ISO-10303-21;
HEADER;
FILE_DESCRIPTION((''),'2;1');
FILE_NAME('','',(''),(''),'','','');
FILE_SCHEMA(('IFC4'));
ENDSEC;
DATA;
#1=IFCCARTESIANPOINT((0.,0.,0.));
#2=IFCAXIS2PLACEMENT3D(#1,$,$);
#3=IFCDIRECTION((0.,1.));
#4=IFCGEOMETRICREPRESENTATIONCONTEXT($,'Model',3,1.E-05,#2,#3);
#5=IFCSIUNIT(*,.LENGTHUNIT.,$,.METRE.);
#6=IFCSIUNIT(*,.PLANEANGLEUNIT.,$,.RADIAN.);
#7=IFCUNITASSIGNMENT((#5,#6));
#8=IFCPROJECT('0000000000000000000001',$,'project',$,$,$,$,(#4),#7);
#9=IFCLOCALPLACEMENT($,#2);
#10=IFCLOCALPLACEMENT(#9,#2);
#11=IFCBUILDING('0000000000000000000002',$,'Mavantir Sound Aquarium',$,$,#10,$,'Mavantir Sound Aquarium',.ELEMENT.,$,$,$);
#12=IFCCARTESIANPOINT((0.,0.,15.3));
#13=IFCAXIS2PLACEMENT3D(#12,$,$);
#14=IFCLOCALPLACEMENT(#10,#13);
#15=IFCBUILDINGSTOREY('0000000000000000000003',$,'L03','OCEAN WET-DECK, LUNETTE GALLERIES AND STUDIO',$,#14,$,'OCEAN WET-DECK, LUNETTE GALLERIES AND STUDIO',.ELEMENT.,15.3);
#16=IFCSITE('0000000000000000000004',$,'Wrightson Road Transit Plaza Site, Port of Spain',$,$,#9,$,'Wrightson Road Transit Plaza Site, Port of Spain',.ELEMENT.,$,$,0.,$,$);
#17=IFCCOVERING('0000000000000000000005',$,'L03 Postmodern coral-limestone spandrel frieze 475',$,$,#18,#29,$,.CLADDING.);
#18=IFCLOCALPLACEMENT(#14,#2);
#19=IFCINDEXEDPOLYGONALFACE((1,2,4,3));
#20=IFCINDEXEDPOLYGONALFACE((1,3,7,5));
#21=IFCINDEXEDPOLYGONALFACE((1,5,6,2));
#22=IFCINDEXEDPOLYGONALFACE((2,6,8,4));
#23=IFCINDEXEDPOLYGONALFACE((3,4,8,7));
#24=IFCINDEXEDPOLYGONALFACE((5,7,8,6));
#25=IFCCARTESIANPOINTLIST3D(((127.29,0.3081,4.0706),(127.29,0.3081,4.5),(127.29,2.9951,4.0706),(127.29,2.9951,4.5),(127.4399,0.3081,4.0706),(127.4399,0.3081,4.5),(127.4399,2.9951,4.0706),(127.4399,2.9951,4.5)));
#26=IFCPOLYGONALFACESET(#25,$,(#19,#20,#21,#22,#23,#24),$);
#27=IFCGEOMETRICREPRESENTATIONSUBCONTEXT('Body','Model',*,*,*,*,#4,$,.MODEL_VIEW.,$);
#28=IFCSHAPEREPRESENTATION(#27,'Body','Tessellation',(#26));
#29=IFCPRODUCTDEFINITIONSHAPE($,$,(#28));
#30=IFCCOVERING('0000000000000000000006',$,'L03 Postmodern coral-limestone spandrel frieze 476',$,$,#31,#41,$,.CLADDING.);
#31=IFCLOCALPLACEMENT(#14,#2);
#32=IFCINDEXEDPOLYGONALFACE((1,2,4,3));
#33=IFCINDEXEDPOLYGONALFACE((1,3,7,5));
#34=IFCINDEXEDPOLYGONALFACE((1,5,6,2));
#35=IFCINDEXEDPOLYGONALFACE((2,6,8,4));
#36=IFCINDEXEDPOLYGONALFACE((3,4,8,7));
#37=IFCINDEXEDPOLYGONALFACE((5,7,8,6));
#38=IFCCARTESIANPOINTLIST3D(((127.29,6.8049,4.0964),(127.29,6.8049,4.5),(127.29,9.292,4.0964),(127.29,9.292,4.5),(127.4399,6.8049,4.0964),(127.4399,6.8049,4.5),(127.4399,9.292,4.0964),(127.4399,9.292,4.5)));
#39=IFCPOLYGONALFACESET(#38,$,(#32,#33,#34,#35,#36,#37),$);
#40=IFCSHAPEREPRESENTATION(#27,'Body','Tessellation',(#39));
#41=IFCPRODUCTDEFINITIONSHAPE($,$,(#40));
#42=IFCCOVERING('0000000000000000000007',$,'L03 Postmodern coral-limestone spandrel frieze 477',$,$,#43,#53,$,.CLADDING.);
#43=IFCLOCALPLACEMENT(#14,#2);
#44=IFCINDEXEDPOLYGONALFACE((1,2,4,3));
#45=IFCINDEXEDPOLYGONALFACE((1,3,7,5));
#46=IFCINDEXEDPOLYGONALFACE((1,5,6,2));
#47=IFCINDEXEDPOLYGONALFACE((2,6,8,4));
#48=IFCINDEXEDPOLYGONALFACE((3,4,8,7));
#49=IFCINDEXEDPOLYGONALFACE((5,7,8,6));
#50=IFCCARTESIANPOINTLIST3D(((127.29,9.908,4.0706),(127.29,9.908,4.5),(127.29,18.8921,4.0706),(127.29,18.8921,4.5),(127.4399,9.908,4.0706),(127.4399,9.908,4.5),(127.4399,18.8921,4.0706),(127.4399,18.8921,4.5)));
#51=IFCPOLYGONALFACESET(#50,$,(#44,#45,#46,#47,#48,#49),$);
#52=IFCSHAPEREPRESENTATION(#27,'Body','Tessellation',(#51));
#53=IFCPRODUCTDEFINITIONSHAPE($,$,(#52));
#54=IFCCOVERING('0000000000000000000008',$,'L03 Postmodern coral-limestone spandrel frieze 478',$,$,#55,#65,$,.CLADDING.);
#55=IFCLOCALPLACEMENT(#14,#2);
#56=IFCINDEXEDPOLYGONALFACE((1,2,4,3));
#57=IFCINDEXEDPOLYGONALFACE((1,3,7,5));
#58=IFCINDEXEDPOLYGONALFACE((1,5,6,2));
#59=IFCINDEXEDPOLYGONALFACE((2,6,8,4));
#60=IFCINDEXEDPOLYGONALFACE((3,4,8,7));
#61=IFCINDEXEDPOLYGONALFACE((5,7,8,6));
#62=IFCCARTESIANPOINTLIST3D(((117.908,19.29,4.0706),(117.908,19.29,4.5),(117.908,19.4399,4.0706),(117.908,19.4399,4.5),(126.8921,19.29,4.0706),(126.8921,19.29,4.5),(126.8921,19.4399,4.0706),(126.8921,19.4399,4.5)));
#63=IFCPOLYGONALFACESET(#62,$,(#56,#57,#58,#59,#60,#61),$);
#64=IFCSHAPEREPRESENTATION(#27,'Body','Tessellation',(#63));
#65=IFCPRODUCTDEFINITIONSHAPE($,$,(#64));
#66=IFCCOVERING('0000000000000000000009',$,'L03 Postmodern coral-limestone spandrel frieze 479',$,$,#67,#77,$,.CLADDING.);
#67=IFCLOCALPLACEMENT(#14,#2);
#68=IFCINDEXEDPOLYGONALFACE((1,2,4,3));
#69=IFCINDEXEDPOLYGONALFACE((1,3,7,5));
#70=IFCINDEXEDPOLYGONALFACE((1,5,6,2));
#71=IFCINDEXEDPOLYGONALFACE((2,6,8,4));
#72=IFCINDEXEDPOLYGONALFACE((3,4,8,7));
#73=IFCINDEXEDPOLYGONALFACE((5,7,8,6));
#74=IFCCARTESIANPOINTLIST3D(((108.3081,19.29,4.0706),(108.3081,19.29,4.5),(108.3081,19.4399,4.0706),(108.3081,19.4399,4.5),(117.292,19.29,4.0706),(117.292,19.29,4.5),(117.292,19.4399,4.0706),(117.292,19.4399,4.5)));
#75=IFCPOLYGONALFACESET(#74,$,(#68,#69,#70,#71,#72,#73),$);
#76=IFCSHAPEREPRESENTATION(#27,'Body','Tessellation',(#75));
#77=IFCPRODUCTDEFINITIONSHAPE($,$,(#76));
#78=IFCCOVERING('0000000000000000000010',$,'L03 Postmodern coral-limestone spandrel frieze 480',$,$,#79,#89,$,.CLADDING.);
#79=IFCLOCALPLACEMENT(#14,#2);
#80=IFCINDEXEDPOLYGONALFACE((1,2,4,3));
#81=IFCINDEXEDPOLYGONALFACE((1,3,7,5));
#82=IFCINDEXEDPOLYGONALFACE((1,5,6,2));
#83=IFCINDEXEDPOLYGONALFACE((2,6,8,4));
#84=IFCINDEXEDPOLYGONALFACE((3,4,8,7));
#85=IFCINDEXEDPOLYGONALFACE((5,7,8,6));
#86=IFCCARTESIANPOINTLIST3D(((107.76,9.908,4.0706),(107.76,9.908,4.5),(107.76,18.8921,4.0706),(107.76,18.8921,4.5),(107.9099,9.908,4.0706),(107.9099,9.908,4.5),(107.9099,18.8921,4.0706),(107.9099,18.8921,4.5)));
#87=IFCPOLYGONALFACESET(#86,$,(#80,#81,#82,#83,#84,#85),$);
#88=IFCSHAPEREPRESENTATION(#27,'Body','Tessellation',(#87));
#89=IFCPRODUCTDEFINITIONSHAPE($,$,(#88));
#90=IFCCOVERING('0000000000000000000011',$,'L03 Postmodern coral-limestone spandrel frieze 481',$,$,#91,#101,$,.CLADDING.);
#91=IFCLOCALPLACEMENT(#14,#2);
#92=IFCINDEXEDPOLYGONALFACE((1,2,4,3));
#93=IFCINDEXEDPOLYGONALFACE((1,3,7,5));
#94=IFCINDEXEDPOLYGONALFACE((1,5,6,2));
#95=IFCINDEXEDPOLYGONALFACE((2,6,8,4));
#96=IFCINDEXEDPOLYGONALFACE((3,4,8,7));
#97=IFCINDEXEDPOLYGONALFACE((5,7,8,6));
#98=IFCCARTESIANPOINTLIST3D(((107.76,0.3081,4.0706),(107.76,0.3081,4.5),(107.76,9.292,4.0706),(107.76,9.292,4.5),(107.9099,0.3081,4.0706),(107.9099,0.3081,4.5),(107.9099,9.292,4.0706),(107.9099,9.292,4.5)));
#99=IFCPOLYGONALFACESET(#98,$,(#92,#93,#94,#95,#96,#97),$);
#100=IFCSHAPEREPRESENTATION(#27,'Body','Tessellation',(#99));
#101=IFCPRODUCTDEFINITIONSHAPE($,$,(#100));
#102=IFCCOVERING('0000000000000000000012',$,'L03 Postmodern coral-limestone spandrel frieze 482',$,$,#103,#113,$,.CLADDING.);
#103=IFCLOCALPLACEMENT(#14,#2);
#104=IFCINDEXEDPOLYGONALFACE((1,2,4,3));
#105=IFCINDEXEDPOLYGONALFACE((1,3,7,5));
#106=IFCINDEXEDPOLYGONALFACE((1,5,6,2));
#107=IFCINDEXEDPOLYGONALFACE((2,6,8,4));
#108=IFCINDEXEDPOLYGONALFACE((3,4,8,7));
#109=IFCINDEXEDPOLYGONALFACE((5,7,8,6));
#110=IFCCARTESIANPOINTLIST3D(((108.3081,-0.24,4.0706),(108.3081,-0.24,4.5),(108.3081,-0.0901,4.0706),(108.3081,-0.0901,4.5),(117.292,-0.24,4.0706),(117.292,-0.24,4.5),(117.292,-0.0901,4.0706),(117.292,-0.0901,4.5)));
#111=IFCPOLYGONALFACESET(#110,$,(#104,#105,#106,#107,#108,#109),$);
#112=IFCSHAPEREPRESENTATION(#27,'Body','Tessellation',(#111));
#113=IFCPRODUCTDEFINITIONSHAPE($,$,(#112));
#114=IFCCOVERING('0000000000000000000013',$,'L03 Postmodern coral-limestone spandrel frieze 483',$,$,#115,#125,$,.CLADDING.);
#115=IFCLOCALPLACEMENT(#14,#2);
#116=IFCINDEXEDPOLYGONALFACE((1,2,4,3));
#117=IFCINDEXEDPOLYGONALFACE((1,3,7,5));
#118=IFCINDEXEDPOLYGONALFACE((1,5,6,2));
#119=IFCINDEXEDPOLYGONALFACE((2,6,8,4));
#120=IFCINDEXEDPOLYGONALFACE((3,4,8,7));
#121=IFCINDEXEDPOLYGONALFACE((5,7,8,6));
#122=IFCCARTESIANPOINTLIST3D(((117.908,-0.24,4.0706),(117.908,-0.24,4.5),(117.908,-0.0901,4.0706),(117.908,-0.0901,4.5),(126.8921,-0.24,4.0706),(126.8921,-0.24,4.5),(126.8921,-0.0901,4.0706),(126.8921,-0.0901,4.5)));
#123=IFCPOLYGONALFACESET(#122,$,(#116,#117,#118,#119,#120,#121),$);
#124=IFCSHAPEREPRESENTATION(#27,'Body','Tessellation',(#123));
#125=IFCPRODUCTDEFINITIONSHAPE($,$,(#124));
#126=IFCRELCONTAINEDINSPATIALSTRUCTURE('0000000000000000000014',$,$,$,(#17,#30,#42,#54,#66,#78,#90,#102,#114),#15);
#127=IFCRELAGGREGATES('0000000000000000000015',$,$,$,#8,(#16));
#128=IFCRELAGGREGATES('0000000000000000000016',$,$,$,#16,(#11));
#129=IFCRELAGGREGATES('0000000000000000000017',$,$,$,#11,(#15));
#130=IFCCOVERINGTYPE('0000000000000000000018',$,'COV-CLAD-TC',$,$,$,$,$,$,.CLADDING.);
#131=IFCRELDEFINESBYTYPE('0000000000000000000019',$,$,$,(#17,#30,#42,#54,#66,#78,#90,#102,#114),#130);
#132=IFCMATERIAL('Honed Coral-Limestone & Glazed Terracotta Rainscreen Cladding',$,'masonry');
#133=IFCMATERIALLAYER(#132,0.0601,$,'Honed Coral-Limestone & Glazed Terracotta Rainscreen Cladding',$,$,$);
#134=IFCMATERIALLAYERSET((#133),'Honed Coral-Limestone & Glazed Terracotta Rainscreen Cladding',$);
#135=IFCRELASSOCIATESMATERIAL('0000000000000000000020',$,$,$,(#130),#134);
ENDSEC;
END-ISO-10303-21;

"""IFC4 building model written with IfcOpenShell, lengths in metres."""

from ifc_helpers import new_model, si_unit, direction, frame, origin, place, context, subcontext, project, spatial, polyline, outline, extrude, material, layer, layer_set, type_object, element, save


model = new_model("IFC4")

# Units and contexts
model_context = context("Model", 3, precision=1e-05, world=origin(), true_north=direction((0.0, 1.0)))
body_context = subcontext(model_context, "Body", "Model", "MODEL_VIEW")
ifc_project = project(units=[si_unit("LENGTHUNIT", "METRE"), si_unit("PLANEANGLEUNIT", "RADIAN")], contexts=[model_context])

# Site, building, storey
site_placement = place(None, origin())
site = spatial("IfcSite", under=ifc_project, at=site_placement, Name="Wrightson Road Transit Plaza Site, Port of Spain", LongName="Wrightson Road Transit Plaza Site, Port of Spain", CompositionType="ELEMENT", RefElevation=0.0)
building_placement = place(site_placement, origin())
building = spatial("IfcBuilding", under=site, at=building_placement, Name="Mavantir Sound Aquarium", LongName="Mavantir Sound Aquarium", CompositionType="ELEMENT")
storey_placement = place(building_placement, frame((0.0, 0.0, 15.3)))
storey = spatial("IfcBuildingStorey", under=building, at=storey_placement, Name="L03", Description="OCEAN WET-DECK, LUNETTE GALLERIES AND STUDIO", LongName="OCEAN WET-DECK, LUNETTE GALLERIES AND STUDIO", CompositionType="ELEMENT", Elevation=15.3)

# Coverings
ifc_material = material(Name="Honed Coral-Limestone & Glazed Terracotta Rainscreen Cladding", Category="masonry")
ifc_layer = layer(ifc_material, 0.0601, Name="Honed Coral-Limestone & Glazed Terracotta Rainscreen Cladding")
ifc_layer_set = layer_set([ifc_layer], Name="Honed Coral-Limestone & Glazed Terracotta Rainscreen Cladding")
covering_type = type_object("IfcCoveringType", Name="COV-CLAD-TC", PredefinedType="CLADDING", material=ifc_layer_set)
covering_1_placement = place(storey_placement, frame((0.0, 0.0, 4.0706)))
element("IfcCovering", 1, at=covering_1_placement, inside=storey, type_object=covering_type, Name="L03 Postmodern coral-limestone spandrel frieze 475", PredefinedType="CLADDING", context=body_context, shape_type="SweptSolid", body=[
    extrude(outline(polyline([(127.29, 0.3081), (127.29, 2.9951), (127.4399, 2.9951), (127.4399, 0.3081), (127.29, 0.3081)])), origin(), (0.0, 0.0, 1.0), 0.4294),
])
covering_2_placement = place(storey_placement, frame((0.0, 0.0, 4.0964)))
element("IfcCovering", 2, at=covering_2_placement, inside=storey, type_object=covering_type, Name="L03 Postmodern coral-limestone spandrel frieze 476", PredefinedType="CLADDING", context=body_context, shape_type="SweptSolid", body=[
    extrude(outline(polyline([(127.29, 6.8049), (127.29, 9.292), (127.4399, 9.292), (127.4399, 6.8049), (127.29, 6.8049)])), origin(), (0.0, 0.0, 1.0), 0.4036),
])
covering_3_placement = place(storey_placement, frame((0.0, 0.0, 4.0706)))
element("IfcCovering", 3, at=covering_3_placement, inside=storey, type_object=covering_type, Name="L03 Postmodern coral-limestone spandrel frieze 477", PredefinedType="CLADDING", context=body_context, shape_type="SweptSolid", body=[
    extrude(outline(polyline([(127.29, 9.908), (127.29, 18.8921), (127.4399, 18.8921), (127.4399, 9.908), (127.29, 9.908)])), origin(), (0.0, 0.0, 1.0), 0.4294),
])
covering_4_placement = place(storey_placement, frame((0.0, 0.0, 4.0706)))
element("IfcCovering", 4, at=covering_4_placement, inside=storey, type_object=covering_type, Name="L03 Postmodern coral-limestone spandrel frieze 478", PredefinedType="CLADDING", context=body_context, shape_type="SweptSolid", body=[
    extrude(outline(polyline([(126.8921, 19.29), (117.908, 19.29), (117.908, 19.4399), (126.8921, 19.4399), (126.8921, 19.29)])), origin(), (0.0, 0.0, 1.0), 0.4294),
])
covering_5_placement = place(storey_placement, frame((0.0, 0.0, 4.0706)))
element("IfcCovering", 5, at=covering_5_placement, inside=storey, type_object=covering_type, Name="L03 Postmodern coral-limestone spandrel frieze 479", PredefinedType="CLADDING", context=body_context, shape_type="SweptSolid", body=[
    extrude(outline(polyline([(117.292, 19.29), (108.3081, 19.29), (108.3081, 19.4399), (117.292, 19.4399), (117.292, 19.29)])), origin(), (0.0, 0.0, 1.0), 0.4294),
])
covering_6_placement = place(storey_placement, frame((0.0, 0.0, 4.0706)))
element("IfcCovering", 6, at=covering_6_placement, inside=storey, type_object=covering_type, Name="L03 Postmodern coral-limestone spandrel frieze 480", PredefinedType="CLADDING", context=body_context, shape_type="SweptSolid", body=[
    extrude(outline(polyline([(107.9099, 18.8921), (107.9099, 9.908), (107.76, 9.908), (107.76, 18.8921), (107.9099, 18.8921)])), origin(), (0.0, 0.0, 1.0), 0.4294),
])
covering_7_placement = place(storey_placement, frame((0.0, 0.0, 4.0706)))
element("IfcCovering", 7, at=covering_7_placement, inside=storey, type_object=covering_type, Name="L03 Postmodern coral-limestone spandrel frieze 481", PredefinedType="CLADDING", context=body_context, shape_type="SweptSolid", body=[
    extrude(outline(polyline([(107.9099, 9.292), (107.9099, 0.3081), (107.76, 0.3081), (107.76, 9.292), (107.9099, 9.292)])), origin(), (0.0, 0.0, 1.0), 0.4294),
])
covering_8_placement = place(storey_placement, frame((0.0, 0.0, 4.0706)))
element("IfcCovering", 8, at=covering_8_placement, inside=storey, type_object=covering_type, Name="L03 Postmodern coral-limestone spandrel frieze 482", PredefinedType="CLADDING", context=body_context, shape_type="SweptSolid", body=[
    extrude(outline(polyline([(108.3081, -0.0901), (117.292, -0.0901), (117.292, -0.24), (108.3081, -0.24), (108.3081, -0.0901)])), origin(), (0.0, 0.0, 1.0), 0.4294),
])
covering_9_placement = place(storey_placement, frame((0.0, 0.0, 4.0706)))
element("IfcCovering", 9, at=covering_9_placement, inside=storey, type_object=covering_type, Name="L03 Postmodern coral-limestone spandrel frieze 483", PredefinedType="CLADDING", context=body_context, shape_type="SweptSolid", body=[
    extrude(outline(polyline([(117.908, -0.0901), (126.8921, -0.0901), (126.8921, -0.24), (117.908, -0.24), (117.908, -0.0901)])), origin(), (0.0, 0.0, 1.0), 0.4294),
])

save(model, "model.ifc")
